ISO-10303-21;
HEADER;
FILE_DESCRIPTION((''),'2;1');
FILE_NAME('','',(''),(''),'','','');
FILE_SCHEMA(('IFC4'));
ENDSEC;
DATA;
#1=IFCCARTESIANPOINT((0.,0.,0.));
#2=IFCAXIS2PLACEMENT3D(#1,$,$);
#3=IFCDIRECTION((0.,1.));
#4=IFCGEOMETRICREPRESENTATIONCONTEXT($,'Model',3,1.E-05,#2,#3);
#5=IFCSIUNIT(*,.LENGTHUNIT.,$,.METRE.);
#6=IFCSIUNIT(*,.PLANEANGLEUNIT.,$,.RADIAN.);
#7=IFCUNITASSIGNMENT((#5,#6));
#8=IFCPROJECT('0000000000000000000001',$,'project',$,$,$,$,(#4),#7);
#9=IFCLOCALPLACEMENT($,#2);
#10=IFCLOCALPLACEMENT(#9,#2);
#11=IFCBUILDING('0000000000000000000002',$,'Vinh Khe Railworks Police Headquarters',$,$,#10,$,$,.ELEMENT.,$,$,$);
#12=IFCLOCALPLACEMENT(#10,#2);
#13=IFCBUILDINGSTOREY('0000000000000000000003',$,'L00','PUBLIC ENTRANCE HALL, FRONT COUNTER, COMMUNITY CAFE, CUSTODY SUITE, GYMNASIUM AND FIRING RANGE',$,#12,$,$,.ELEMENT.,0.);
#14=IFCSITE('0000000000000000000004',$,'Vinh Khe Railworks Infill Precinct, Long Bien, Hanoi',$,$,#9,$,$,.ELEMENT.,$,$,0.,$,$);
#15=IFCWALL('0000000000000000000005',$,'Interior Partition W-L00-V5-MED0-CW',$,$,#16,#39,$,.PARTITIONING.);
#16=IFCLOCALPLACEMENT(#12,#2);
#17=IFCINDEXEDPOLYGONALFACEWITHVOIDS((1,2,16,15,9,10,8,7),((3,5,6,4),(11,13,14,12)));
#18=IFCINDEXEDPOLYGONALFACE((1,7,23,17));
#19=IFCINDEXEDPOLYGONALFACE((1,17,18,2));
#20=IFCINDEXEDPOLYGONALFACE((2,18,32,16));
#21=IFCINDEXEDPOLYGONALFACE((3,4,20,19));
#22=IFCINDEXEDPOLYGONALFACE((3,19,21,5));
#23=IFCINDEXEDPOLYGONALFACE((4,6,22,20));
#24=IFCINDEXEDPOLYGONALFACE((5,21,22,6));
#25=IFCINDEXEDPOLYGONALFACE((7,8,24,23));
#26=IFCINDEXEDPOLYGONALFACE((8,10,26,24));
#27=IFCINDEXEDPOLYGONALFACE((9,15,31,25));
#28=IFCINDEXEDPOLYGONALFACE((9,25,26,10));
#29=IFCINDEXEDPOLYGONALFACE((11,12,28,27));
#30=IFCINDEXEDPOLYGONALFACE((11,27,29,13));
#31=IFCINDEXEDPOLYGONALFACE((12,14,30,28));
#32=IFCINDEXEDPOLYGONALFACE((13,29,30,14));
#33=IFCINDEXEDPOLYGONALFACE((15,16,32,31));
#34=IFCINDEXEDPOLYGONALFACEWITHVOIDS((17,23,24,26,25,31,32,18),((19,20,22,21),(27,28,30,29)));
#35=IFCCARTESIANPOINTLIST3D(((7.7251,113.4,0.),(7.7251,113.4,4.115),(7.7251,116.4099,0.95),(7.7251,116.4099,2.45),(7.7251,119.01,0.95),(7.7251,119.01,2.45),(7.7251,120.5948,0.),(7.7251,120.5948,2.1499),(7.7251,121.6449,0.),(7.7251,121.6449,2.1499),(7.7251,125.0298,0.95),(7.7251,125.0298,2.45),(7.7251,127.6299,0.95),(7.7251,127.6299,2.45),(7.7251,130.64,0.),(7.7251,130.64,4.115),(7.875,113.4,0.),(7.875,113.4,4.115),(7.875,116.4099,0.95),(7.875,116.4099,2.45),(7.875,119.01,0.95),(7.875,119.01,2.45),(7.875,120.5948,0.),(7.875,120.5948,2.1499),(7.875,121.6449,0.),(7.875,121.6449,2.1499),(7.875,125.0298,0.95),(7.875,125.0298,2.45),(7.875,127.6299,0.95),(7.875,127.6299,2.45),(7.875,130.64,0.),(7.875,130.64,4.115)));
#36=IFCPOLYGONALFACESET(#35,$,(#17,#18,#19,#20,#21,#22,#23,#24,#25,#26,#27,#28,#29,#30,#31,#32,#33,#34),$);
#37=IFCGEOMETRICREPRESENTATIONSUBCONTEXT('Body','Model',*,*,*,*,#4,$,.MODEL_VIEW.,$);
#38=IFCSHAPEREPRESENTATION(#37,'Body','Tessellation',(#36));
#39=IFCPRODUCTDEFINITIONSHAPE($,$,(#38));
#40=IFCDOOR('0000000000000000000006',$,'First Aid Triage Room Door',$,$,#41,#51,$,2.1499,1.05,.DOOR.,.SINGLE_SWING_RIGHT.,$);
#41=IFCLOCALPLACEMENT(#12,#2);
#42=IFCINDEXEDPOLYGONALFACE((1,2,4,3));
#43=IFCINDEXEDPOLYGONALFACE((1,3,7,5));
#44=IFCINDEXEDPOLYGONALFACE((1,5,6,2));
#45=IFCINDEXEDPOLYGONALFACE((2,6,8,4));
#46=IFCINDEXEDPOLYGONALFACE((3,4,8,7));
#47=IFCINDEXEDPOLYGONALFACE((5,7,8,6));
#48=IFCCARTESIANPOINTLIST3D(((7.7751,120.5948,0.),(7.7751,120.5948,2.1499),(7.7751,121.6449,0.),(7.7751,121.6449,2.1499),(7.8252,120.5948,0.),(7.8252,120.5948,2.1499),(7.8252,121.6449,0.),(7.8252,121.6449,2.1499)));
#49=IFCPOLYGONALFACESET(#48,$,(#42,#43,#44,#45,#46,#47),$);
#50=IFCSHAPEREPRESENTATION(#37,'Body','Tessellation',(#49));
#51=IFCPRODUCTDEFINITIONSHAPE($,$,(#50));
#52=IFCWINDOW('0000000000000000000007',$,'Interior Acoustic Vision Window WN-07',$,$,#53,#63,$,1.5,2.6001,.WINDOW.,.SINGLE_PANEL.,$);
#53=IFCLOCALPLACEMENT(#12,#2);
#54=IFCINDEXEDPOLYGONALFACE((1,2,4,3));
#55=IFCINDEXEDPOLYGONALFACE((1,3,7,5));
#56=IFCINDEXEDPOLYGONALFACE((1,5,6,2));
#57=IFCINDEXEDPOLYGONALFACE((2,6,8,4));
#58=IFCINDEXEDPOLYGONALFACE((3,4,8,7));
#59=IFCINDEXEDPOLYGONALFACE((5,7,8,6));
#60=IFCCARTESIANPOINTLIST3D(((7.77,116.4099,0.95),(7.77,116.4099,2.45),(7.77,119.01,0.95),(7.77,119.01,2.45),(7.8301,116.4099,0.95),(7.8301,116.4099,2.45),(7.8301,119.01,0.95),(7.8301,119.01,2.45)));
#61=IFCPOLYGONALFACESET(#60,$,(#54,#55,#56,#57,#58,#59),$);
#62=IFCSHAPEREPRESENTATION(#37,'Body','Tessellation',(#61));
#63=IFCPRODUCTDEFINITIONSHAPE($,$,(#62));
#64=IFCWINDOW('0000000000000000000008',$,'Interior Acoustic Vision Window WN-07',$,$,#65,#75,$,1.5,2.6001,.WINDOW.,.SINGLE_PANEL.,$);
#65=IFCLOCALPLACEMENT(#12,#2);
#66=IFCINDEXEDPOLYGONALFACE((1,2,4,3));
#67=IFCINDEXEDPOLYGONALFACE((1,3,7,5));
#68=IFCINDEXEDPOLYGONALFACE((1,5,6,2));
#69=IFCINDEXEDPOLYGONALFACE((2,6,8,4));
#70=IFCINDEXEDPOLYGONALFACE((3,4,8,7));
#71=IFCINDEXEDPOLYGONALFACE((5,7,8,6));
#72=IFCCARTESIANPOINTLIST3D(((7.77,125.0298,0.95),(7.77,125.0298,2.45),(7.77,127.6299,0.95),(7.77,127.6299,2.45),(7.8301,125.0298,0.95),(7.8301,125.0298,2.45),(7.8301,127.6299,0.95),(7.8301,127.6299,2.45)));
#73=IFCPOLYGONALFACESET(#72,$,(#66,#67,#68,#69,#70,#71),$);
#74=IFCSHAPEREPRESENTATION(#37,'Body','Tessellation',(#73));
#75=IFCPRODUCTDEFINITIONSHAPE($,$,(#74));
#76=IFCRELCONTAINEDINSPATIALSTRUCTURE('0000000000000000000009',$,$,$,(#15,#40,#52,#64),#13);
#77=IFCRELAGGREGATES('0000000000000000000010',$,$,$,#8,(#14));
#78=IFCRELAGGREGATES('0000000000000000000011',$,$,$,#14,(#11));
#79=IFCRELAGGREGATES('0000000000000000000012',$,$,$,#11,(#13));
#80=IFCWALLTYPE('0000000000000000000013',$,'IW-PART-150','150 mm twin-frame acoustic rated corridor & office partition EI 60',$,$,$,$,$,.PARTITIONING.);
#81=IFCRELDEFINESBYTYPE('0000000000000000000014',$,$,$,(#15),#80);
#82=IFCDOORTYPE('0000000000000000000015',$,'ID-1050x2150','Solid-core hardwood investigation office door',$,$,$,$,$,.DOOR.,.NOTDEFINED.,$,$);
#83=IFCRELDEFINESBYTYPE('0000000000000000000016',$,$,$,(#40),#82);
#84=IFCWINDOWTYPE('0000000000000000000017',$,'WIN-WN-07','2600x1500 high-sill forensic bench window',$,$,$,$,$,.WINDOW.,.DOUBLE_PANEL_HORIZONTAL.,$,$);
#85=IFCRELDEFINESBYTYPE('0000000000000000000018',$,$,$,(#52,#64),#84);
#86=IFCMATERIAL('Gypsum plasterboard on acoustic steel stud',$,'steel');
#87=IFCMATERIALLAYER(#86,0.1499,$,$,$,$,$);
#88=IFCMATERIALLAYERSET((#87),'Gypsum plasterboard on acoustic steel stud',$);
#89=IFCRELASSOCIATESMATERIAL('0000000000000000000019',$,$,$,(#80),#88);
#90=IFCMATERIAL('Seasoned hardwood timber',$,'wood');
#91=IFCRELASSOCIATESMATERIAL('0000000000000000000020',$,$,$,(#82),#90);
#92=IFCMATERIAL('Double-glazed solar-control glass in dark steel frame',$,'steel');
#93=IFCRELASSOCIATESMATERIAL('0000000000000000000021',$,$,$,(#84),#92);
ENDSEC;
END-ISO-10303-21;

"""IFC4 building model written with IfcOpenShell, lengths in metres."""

from ifc_helpers import new_model, si_unit, direction, frame, frame_2d, origin, place, context, subcontext, project, spatial, rectangle, extrude, material, layer, layer_set, type_object, element, fill, save


model = new_model("IFC4")

# Units and contexts
model_context = context("Model", 3, precision=1e-05, world=origin(), true_north=direction((0.0, 1.0)))
body_context = subcontext(model_context, "Body", "Model", "MODEL_VIEW")
ifc_project = project(units=[si_unit("LENGTHUNIT", "METRE"), si_unit("PLANEANGLEUNIT", "RADIAN")], contexts=[model_context])

# Site, building, storey
site_placement = place(None, origin())
site = spatial("IfcSite", under=ifc_project, at=site_placement, Name="Vinh Khe Railworks Infill Precinct, Long Bien, Hanoi", CompositionType="ELEMENT", RefElevation=0.0)
building_placement = place(site_placement, origin())
building = spatial("IfcBuilding", under=site, at=building_placement, Name="Vinh Khe Railworks Police Headquarters", CompositionType="ELEMENT")
storey_placement = place(building_placement, origin())
storey = spatial("IfcBuildingStorey", under=building, at=storey_placement, Name="L00", Description="PUBLIC ENTRANCE HALL, FRONT COUNTER, COMMUNITY CAFE, CUSTODY SUITE, GYMNASIUM AND FIRING RANGE", CompositionType="ELEMENT", Elevation=0.0)

# Shared definitions
ifc_material_1 = material(Name="Double-glazed solar-control glass in dark steel frame", Category="steel")

# Wall, openings, door, windows
ifc_material_2 = material(Name="Gypsum plasterboard on acoustic steel stud", Category="steel")
ifc_layer_1 = layer(ifc_material_2, 0.1499)
ifc_layer_set_1 = layer_set([ifc_layer_1], Name="Gypsum plasterboard on acoustic steel stud")
wall_type_1 = type_object("IfcWallType", Name="IW-PART-150", Description="150 mm twin-frame acoustic rated corridor & office partition EI 60", PredefinedType="PARTITIONING", material=ifc_layer_set_1)
wall_1_placement = place(storey_placement, frame((7.8, 113.3999, 0.0), z_axis=(0.0, 0.0, 1.0), x_axis=(0.0, 1.0, 0.0)))
wall_1 = element("IfcWall", 1, at=wall_1_placement, inside=storey, type_object=wall_type_1, Name="Interior Partition W-L00-V5-MED0-CW", PredefinedType="PARTITIONING", context=body_context, shape_type="SweptSolid", body=[
    extrude(rectangle(XDim=17.24, YDim=0.1499, at=frame_2d((8.6201, 0.0))), origin(), (0.0, 0.0, 1.0), 4.115),
])
opening_1_placement = place(wall_1_placement, frame((7.1951, 0.0, 0.0)))
opening_1 = element("IfcOpeningElement", 2, at=opening_1_placement, cuts=wall_1, PredefinedType="OPENING", context=body_context, shape_type="SweptSolid", body=[
    extrude(rectangle(XDim=1.05, YDim=2.1499, at=frame_2d((0.5249, 1.075))), frame((0.0, 0.0898, 0.0), z_axis=(0.0, -1.0, 0.0), x_axis=(1.0, 0.0, 0.0)), (0.0, 0.0, 1.0), 0.1797),
])
opening_2_placement = place(wall_1_placement, frame((3.01, 0.0, 0.95)))
opening_2 = element("IfcOpeningElement", 3, at=opening_2_placement, cuts=wall_1, PredefinedType="OPENING", context=body_context, shape_type="SweptSolid", body=[
    extrude(rectangle(XDim=2.6001, YDim=1.5, at=frame_2d((1.3, 0.75))), frame((0.0, 0.0898, 0.0), z_axis=(0.0, -1.0, 0.0), x_axis=(1.0, 0.0, 0.0)), (0.0, 0.0, 1.0), 0.1797),
])
opening_3_placement = place(wall_1_placement, frame((11.6299, 0.0, 0.95)))
opening_3 = element("IfcOpeningElement", 4, at=opening_3_placement, cuts=wall_1, PredefinedType="OPENING", context=body_context, shape_type="SweptSolid", body=[
    extrude(rectangle(XDim=2.6001, YDim=1.5, at=frame_2d((1.3, 0.75))), frame((0.0, 0.0898, 0.0), z_axis=(0.0, -1.0, 0.0), x_axis=(1.0, 0.0, 0.0)), (0.0, 0.0, 1.0), 0.1797),
])
ifc_material_3 = material(Name="Seasoned hardwood timber", Category="wood")
door_type = type_object("IfcDoorType", Name="ID-1050x2150", Description="Solid-core hardwood investigation office door", OperationType="NOTDEFINED", PredefinedType="DOOR", material=ifc_material_3)
door_placement = place(opening_1_placement, origin())
door = element("IfcDoor", 5, at=door_placement, inside=storey, type_object=door_type, Name="First Aid Triage Room Door", OperationType="SINGLE_SWING_RIGHT", OverallHeight=2.1499, OverallWidth=1.05, PredefinedType="DOOR", context=body_context, shape_type="SweptSolid", body=[
    extrude(rectangle(XDim=1.05, YDim=2.1499, at=frame_2d((0.5249, 1.075))), frame((0.0, 0.0249, 0.0), z_axis=(0.0, -1.0, 0.0), x_axis=(1.0, 0.0, 0.0)), (0.0, 0.0, 1.0), 0.05),
])
fill(opening_1, door)
window_type_1 = type_object("IfcWindowType", Name="WIN-WN-07", Description="2600x1500 high-sill forensic bench window", PartitioningType="DOUBLE_PANEL_HORIZONTAL", PredefinedType="WINDOW", material=ifc_material_1)
window_1_placement = place(opening_2_placement, origin())
window_1 = element("IfcWindow", 6, at=window_1_placement, inside=storey, type_object=window_type_1, Name="Interior Acoustic Vision Window WN-07", OverallHeight=1.5, OverallWidth=2.6001, PartitioningType="SINGLE_PANEL", PredefinedType="WINDOW", context=body_context, shape_type="SweptSolid", body=[
    extrude(rectangle(XDim=2.6001, YDim=1.5, at=frame_2d((1.3, 0.75))), frame((0.0, 0.03, 0.0), z_axis=(0.0, -1.0, 0.0), x_axis=(1.0, 0.0, 0.0)), (0.0, 0.0, 1.0), 0.0601),
])
fill(opening_2, window_1)
window_2_placement = place(opening_3_placement, origin())
window_2 = element("IfcWindow", 7, at=window_2_placement, inside=storey, type_object=window_type_1, Name="Interior Acoustic Vision Window WN-07", OverallHeight=1.5, OverallWidth=2.6001, PartitioningType="SINGLE_PANEL", PredefinedType="WINDOW", context=body_context, shape_type="SweptSolid", body=[
    extrude(rectangle(XDim=2.6001, YDim=1.5, at=frame_2d((1.3, 0.75))), frame((0.0, 0.03, 0.0), z_axis=(0.0, -1.0, 0.0), x_axis=(1.0, 0.0, 0.0)), (0.0, 0.0, 1.0), 0.0601),
])
fill(opening_3, window_2)

save(model, "model.ifc")
